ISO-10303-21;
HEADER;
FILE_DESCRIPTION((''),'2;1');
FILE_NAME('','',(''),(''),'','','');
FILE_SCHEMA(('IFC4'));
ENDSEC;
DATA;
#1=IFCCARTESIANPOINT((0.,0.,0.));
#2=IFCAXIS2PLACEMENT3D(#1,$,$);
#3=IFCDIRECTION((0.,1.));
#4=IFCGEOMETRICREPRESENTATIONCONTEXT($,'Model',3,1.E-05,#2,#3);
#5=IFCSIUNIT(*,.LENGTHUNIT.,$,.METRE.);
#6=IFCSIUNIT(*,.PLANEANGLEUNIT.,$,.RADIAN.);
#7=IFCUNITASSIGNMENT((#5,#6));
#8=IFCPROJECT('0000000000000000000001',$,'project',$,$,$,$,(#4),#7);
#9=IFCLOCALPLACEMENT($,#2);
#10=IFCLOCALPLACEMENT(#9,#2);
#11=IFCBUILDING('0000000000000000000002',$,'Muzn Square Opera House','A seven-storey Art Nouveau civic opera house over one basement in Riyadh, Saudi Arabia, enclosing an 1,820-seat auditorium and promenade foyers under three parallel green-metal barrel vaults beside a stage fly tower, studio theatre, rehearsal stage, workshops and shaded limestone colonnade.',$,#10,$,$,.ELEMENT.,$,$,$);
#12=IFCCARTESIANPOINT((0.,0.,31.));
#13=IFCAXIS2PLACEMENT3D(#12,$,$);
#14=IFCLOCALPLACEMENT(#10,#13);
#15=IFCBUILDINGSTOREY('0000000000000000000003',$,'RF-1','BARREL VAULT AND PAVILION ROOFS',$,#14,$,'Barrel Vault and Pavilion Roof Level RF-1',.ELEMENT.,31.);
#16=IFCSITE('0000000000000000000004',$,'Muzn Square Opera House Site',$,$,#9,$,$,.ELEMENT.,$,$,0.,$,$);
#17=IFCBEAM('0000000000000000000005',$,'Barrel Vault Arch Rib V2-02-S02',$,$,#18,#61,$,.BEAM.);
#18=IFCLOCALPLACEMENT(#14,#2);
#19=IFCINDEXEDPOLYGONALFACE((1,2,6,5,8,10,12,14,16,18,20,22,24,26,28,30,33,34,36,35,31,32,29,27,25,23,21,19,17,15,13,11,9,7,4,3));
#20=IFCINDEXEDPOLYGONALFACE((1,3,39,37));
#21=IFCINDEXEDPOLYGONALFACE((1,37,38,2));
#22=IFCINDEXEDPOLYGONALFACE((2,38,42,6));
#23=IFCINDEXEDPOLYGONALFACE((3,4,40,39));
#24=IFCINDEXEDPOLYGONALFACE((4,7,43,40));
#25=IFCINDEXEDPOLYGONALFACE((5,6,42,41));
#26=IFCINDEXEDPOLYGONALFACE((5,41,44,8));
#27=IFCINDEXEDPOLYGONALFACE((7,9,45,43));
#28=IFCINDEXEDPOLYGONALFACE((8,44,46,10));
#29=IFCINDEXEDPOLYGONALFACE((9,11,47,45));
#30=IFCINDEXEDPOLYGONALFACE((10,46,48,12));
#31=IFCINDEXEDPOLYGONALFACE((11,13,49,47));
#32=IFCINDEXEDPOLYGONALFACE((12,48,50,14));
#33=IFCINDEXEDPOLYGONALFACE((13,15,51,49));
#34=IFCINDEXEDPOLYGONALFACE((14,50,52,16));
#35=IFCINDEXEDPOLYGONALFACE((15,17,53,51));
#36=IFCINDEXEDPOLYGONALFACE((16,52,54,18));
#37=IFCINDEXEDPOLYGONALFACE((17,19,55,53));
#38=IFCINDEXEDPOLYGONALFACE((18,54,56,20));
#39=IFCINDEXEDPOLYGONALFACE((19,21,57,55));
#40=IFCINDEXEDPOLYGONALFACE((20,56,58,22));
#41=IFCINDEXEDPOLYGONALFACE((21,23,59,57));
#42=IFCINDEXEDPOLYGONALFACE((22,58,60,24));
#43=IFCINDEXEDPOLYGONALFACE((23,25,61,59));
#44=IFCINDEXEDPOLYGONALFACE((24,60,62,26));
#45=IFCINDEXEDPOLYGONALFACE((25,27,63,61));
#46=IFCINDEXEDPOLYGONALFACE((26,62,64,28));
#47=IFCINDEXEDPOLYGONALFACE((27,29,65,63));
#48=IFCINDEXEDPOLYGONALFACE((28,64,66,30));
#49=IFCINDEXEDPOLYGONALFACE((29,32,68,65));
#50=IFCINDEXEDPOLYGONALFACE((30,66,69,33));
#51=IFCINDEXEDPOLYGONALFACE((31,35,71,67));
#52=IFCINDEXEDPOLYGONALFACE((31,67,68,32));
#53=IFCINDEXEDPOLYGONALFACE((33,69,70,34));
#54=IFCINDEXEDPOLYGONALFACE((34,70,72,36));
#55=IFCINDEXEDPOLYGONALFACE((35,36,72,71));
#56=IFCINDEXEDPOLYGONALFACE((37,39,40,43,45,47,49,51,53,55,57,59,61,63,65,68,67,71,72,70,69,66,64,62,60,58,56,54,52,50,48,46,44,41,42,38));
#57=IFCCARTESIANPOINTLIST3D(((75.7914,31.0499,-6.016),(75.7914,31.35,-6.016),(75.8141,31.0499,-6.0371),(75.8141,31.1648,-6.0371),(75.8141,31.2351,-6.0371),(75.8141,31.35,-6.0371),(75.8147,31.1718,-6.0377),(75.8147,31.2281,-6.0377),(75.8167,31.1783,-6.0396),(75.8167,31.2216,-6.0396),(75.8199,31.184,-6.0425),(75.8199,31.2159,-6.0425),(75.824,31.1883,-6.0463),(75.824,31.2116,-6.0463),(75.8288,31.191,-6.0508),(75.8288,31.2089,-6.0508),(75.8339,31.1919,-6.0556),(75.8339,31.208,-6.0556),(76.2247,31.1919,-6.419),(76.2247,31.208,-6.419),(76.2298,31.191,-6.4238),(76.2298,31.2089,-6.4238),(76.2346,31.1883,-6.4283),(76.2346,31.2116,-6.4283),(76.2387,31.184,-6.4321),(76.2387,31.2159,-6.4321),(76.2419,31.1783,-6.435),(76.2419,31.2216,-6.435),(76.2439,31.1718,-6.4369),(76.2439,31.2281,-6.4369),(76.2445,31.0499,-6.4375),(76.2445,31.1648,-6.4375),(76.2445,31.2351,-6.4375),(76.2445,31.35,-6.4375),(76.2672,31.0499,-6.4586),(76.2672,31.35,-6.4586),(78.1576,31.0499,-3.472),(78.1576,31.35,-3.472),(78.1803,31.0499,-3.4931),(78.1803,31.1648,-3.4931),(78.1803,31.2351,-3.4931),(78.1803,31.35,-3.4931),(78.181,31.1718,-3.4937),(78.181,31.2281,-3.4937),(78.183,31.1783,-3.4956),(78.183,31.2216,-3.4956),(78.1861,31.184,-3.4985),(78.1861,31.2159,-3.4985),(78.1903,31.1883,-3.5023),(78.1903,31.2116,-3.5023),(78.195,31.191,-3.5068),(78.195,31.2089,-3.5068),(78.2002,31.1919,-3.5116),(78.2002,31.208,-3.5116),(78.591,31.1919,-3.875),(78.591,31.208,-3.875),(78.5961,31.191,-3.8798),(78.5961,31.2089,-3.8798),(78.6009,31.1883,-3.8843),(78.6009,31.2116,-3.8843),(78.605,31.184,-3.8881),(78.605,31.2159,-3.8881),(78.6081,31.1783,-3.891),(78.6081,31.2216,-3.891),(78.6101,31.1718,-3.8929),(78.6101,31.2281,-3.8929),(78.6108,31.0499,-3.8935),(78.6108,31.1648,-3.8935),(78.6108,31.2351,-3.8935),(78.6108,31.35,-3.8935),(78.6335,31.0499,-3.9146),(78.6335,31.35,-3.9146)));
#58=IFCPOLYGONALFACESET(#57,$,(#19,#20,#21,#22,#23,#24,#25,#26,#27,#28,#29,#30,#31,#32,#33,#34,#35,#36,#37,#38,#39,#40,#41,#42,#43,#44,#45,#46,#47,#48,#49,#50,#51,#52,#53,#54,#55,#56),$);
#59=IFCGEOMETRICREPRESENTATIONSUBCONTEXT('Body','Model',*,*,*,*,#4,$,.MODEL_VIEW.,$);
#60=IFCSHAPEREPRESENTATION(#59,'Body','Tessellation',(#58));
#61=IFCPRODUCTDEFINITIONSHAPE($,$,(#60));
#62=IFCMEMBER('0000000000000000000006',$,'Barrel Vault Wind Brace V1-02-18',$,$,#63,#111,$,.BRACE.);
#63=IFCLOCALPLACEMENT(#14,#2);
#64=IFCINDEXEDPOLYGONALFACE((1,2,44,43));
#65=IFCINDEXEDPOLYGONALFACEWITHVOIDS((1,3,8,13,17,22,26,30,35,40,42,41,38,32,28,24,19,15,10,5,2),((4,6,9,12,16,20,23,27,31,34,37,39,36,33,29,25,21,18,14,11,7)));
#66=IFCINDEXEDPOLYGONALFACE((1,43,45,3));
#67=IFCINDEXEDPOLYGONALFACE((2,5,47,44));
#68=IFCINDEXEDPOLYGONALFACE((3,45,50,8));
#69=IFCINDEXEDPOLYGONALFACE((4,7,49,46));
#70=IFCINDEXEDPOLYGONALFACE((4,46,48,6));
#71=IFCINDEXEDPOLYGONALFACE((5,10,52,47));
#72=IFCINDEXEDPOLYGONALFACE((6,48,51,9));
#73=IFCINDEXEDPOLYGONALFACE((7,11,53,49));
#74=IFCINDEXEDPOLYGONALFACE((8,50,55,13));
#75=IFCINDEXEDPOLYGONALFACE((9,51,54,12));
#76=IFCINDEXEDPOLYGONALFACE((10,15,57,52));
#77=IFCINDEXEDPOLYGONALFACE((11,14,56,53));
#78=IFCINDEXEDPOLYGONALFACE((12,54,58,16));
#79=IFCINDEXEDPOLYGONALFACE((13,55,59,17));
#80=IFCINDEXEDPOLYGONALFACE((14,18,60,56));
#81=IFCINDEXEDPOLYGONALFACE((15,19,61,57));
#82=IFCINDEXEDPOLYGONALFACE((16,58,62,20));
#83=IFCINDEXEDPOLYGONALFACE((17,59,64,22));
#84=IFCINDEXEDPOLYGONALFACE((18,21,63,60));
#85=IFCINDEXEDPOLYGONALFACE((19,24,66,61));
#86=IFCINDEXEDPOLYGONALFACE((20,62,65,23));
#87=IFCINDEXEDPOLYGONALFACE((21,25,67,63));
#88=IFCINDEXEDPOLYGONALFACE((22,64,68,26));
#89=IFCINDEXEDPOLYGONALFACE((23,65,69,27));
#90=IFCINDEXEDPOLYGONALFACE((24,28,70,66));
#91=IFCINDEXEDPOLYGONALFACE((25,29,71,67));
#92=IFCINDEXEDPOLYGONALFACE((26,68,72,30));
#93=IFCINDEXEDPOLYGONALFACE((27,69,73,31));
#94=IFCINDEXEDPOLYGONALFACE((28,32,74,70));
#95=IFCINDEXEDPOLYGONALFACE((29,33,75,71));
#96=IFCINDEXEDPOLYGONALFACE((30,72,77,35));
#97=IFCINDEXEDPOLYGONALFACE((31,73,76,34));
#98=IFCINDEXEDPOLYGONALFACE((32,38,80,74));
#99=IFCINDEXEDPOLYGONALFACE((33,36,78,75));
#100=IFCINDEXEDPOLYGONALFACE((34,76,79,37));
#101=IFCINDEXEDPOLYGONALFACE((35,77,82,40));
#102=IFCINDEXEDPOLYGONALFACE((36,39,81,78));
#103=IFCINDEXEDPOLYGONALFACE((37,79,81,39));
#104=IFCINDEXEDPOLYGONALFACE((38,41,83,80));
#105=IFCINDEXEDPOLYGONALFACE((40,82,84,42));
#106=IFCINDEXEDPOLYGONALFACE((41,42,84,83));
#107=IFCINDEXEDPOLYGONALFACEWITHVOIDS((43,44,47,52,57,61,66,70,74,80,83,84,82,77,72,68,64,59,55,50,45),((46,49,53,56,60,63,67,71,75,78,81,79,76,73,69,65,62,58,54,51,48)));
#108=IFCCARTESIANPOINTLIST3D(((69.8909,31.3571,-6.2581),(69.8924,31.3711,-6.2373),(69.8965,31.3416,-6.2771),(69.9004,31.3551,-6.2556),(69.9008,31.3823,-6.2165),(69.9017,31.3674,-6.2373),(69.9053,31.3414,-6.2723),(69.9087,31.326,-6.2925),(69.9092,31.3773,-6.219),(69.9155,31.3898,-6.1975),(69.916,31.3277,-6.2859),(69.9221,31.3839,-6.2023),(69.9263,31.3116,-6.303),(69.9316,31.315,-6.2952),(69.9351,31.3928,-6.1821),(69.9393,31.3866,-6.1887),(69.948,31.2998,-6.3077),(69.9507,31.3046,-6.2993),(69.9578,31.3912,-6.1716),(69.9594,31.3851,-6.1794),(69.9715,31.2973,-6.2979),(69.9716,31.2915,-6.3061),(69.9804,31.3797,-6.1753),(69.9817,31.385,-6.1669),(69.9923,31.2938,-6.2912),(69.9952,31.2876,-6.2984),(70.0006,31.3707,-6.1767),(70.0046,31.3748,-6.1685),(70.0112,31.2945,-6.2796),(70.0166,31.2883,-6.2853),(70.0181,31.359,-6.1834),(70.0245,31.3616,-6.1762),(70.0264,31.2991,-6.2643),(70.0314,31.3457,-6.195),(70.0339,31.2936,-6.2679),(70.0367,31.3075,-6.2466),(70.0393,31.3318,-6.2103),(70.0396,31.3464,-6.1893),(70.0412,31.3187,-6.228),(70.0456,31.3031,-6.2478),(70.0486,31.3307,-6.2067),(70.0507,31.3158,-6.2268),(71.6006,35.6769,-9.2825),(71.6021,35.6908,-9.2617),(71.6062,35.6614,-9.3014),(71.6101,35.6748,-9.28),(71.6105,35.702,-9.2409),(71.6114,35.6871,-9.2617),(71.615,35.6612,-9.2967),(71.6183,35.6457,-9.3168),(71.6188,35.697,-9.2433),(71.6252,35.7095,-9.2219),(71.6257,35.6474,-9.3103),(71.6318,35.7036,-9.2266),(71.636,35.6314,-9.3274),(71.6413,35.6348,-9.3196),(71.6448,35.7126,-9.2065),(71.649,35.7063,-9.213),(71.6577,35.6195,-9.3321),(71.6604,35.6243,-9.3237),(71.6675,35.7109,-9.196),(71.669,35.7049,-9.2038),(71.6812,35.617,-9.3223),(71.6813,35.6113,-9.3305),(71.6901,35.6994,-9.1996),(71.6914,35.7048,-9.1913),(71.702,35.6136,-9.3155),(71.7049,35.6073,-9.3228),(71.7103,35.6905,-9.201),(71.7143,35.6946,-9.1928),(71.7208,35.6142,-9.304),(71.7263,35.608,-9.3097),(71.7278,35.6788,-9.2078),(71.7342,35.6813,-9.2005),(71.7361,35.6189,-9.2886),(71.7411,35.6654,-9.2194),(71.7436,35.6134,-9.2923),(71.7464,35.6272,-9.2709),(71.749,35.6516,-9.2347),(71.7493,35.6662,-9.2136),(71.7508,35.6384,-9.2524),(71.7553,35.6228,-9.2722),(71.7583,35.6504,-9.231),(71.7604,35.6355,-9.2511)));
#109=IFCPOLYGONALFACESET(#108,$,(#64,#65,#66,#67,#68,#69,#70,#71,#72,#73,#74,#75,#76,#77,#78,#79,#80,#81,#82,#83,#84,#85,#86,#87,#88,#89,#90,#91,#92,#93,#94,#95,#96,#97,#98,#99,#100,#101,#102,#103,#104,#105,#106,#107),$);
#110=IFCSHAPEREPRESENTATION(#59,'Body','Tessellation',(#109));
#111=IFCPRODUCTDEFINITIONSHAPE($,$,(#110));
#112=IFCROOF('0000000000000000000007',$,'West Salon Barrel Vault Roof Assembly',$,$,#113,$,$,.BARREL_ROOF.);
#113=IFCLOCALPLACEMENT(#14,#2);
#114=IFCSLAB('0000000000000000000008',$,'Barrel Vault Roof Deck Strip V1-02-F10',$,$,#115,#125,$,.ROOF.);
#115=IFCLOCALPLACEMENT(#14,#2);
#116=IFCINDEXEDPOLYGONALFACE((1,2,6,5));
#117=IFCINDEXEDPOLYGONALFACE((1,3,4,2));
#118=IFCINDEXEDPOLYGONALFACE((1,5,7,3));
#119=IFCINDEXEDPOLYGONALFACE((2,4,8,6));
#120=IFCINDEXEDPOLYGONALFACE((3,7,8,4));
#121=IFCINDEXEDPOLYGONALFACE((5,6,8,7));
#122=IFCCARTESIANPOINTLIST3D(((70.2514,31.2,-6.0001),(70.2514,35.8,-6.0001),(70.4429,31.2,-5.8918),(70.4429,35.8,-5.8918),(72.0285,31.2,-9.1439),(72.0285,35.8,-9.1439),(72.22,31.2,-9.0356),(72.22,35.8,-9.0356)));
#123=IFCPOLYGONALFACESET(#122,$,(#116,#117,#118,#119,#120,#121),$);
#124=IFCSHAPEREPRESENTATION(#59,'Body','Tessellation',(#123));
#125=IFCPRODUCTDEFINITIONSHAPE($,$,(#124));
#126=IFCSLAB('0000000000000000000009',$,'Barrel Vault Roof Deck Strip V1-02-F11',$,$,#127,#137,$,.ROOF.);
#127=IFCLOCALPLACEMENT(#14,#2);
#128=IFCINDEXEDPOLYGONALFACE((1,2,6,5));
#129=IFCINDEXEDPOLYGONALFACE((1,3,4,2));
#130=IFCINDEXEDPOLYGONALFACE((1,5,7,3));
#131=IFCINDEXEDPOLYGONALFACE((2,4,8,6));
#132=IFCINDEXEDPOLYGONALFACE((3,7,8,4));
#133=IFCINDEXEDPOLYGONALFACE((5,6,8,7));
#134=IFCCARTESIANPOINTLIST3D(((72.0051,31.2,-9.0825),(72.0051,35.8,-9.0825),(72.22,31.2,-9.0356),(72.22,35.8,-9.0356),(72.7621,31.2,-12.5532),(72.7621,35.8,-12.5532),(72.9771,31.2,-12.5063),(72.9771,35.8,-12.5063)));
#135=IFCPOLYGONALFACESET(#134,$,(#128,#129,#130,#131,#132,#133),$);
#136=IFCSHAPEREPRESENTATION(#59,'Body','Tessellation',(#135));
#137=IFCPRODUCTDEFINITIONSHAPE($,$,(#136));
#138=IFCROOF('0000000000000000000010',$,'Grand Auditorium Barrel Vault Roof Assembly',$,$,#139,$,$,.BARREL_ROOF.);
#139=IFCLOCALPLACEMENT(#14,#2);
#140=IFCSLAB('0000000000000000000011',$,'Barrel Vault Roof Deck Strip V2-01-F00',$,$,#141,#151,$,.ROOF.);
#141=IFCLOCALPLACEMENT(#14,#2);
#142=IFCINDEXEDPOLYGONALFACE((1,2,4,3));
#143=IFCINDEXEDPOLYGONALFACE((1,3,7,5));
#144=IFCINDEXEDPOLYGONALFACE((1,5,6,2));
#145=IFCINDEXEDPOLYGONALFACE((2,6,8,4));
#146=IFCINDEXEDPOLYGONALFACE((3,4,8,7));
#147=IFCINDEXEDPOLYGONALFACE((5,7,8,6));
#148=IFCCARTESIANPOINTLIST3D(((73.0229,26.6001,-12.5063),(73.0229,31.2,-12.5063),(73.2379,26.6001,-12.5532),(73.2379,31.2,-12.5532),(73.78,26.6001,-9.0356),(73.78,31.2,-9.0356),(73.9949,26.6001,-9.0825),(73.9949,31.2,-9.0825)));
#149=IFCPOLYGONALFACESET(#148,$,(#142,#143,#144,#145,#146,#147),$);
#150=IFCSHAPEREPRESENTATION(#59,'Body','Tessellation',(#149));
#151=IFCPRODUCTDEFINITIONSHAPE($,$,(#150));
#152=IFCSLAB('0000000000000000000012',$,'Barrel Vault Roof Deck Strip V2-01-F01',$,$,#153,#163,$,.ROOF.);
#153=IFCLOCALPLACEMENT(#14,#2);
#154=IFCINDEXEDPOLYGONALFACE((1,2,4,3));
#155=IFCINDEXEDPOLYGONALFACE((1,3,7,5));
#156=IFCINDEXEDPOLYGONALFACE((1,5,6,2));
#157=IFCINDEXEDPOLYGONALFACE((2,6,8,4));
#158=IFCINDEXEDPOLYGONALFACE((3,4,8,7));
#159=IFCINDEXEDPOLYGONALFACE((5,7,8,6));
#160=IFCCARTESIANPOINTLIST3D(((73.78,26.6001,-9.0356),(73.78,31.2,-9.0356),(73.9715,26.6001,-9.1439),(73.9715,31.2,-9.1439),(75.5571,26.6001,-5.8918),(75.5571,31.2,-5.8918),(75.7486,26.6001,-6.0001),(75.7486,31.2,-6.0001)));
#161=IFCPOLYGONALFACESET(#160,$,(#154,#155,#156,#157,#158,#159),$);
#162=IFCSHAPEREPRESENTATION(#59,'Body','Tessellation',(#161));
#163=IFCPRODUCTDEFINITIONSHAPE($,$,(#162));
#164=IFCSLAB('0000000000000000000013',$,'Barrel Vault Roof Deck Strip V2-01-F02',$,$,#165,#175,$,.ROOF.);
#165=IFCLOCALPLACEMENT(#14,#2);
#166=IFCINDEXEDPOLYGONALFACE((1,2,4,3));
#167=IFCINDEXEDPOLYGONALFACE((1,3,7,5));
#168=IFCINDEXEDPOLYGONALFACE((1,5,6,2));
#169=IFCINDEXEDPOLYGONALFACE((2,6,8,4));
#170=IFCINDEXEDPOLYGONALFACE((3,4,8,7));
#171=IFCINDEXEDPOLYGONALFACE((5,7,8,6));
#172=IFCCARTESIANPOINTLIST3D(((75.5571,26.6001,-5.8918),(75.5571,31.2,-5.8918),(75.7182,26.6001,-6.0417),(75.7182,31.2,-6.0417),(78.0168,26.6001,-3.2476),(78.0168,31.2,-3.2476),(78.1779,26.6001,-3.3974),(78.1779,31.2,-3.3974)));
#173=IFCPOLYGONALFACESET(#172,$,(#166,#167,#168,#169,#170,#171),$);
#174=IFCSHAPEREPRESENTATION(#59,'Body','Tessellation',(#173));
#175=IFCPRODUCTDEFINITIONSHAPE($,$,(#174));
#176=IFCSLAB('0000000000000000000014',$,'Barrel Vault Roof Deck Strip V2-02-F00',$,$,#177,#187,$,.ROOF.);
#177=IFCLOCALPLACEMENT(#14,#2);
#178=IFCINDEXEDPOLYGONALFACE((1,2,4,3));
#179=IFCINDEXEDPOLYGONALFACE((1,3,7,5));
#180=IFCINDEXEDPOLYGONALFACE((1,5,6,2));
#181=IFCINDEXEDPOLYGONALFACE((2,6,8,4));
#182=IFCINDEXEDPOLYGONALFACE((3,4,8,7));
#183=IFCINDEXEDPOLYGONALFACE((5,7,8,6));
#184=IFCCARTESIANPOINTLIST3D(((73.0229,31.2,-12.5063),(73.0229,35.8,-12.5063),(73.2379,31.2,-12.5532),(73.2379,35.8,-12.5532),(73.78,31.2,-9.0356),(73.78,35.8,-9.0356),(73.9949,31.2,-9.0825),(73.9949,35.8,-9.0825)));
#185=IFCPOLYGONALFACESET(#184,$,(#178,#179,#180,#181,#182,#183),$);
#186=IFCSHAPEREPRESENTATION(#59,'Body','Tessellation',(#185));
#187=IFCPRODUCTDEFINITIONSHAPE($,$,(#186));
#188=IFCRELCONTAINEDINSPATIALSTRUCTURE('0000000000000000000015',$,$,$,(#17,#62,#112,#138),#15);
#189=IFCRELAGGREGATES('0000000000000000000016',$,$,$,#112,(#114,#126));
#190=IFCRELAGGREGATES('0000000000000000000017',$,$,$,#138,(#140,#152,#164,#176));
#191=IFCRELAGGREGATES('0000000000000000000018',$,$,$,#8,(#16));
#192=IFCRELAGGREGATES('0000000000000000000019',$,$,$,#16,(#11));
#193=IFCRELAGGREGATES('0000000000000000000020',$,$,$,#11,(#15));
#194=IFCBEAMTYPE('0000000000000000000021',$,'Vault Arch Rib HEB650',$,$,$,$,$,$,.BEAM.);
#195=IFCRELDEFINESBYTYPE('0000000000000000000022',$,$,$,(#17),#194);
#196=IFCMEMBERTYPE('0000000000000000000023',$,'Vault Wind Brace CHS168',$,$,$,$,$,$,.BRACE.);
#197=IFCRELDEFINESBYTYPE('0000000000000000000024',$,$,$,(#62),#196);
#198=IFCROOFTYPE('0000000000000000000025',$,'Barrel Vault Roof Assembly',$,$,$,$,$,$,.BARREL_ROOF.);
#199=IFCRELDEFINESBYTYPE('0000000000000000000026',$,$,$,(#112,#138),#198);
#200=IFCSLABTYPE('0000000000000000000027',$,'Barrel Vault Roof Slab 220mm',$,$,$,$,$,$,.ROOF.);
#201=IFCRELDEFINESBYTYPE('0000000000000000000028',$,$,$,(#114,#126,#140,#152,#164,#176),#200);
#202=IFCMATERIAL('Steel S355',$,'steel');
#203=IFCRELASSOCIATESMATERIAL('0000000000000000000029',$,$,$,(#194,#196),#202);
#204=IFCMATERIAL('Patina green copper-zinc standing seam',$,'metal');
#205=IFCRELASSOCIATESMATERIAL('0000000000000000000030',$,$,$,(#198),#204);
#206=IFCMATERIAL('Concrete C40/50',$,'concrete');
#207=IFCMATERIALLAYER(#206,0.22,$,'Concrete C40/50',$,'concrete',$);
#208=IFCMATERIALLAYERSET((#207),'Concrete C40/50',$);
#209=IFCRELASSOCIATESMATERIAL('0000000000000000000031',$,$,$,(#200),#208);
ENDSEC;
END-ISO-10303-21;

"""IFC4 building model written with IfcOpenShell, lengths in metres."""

from ifc_helpers import new_model, si_unit, direction, frame, origin, origin_2d, place, context, subcontext, project, spatial, polyline, hollow_circle, i_section, outline, extrude, material, layer, layer_set, material_profile, profile_set, type_object, element, aggregate, save


model = new_model("IFC4")

# Units and contexts
model_context = context("Model", 3, precision=1e-05, world=origin(), true_north=direction((0.0, 1.0)))
body_context = subcontext(model_context, "Body", "Model", "MODEL_VIEW")
ifc_project = project(units=[si_unit("LENGTHUNIT", "METRE"), si_unit("PLANEANGLEUNIT", "RADIAN")], contexts=[model_context])

# Site, building, storey
site_placement = place(None, origin())
site = spatial("IfcSite", under=ifc_project, at=site_placement, Name="Muzn Square Opera House Site", CompositionType="ELEMENT", RefElevation=0.0)
building_placement = place(site_placement, origin())
building = spatial("IfcBuilding", under=site, at=building_placement, Name="Muzn Square Opera House", Description="A seven-storey Art Nouveau civic opera house over one basement in Riyadh, Saudi Arabia, enclosing an 1,820-seat auditorium and promenade foyers under three parallel green-metal barrel vaults beside a stage fly tower, studio theatre, rehearsal stage, workshops and shaded limestone colonnade.", CompositionType="ELEMENT")
storey_placement = place(building_placement, frame((0.0, 0.0, 31.0)))
storey = spatial("IfcBuildingStorey", under=building, at=storey_placement, Name="RF-1", Description="BARREL VAULT AND PAVILION ROOFS", LongName="Barrel Vault and Pavilion Roof Level RF-1", CompositionType="ELEMENT", Elevation=31.0)

# Beam
ifc_material_1 = material(Name="Steel S355", Category="steel")
ifc_material_profile_1 = material_profile(ifc_material_1, i_section(OverallWidth=0.3, OverallDepth=0.6499, WebThickness=0.0161, FlangeThickness=0.031, FilletRadius=0.0271, at=origin_2d()), Name="HEB 650", Category="steel")
ifc_profile_set_1 = profile_set([ifc_material_profile_1], Name="Steel S355")
beam_type_1 = type_object("IfcBeamType", Name="Vault Arch Rib HEB650", PredefinedType="BEAM", material=ifc_profile_set_1)
beam_1_placement = place(storey_placement, frame((76.0293, 31.2, -6.2373), z_axis=(0.681065, 0.0, 0.732223), x_axis=(0.0, 1.0, 0.0)))
element("IfcBeam", 1, at=beam_1_placement, inside=storey, type_object=beam_type_1, Name="Barrel Vault Arch Rib V2-02-S02", PredefinedType="BEAM", context=body_context, shape_type="SweptSolid", body=[
    extrude(i_section(OverallWidth=0.3, OverallDepth=0.6499, WebThickness=0.0161, FlangeThickness=0.031, FilletRadius=0.0271, at=origin_2d()), origin(), (0.0, 0.0, 1.0), 3.4744),
])

# Member
ifc_material_profile_2 = material_profile(ifc_material_1, hollow_circle(Radius=0.0842, WallThickness=0.01, at=origin_2d()), Name="CHS 168.3x10", Category="steel")
ifc_profile_set_2 = profile_set([ifc_material_profile_2], Name="Steel S355")
member_type = type_object("IfcMemberType", Name="Vault Wind Brace CHS168", PredefinedType="BRACE", material=ifc_profile_set_2)
member_placement = place(storey_placement, frame((69.9707, 31.3401, -6.2373), z_axis=(0.308415, 0.77925, -0.545572), x_axis=(-0.929822, 0.368009, 0.0)))
element("IfcMember", 2, at=member_placement, inside=storey, type_object=member_type, Name="Barrel Vault Wind Brace V1-02-18", PredefinedType="BRACE", context=body_context, shape_type="SweptSolid", body=[
    extrude(hollow_circle(Radius=0.0842, WallThickness=0.01, at=origin_2d()), origin(), (0.0, 0.0, 1.0), 5.5435),
])

# Roofs, slabs
ifc_material_2 = material(Name="Patina green copper-zinc standing seam", Category="metal")
roof_type = type_object("IfcRoofType", Name="Barrel Vault Roof Assembly", PredefinedType="BARREL_ROOF", material=ifc_material_2)
roof_1_placement = place(storey_placement, origin())
roof_1 = element("IfcRoof", 3, at=roof_1_placement, inside=storey, type_object=roof_type, Name="West Salon Barrel Vault Roof Assembly", PredefinedType="BARREL_ROOF")
ifc_material_3 = material(Name="Concrete C40/50", Category="concrete")
ifc_layer_1 = layer(ifc_material_3, 0.22, Name="Concrete C40/50", Category="concrete")
ifc_layer_set_1 = layer_set([ifc_layer_1], Name="Concrete C40/50")
slab_type = type_object("IfcSlabType", Name="Barrel Vault Roof Slab 220mm", PredefinedType="ROOF", material=ifc_layer_set_1)
slab_1_placement = place(storey_placement, frame((70.4429, 31.2, -5.8918), z_axis=(0.870543, 0.0, 0.492093), x_axis=(0.492093, 0.0, -0.870543)))
slab_1 = element("IfcSlab", 4, at=slab_1_placement, type_object=slab_type, Name="Barrel Vault Roof Deck Strip V1-02-F10", PredefinedType="ROOF", context=body_context, shape_type="SweptSolid", body=[
    extrude(outline(polyline([(0.0, 0.0), (3.6113, 0.0), (3.6113, 4.6001), (0.0, 4.6001), (0.0, 0.0)])), origin(), (0.0, 0.0, -1.0), 0.22),
])
slab_2_placement = place(storey_placement, frame((72.22, 31.2, -9.0356), z_axis=(0.977025, 0.0, 0.213123), x_axis=(0.213123, 0.0, -0.977025)))
slab_2 = element("IfcSlab", 5, at=slab_2_placement, type_object=slab_type, Name="Barrel Vault Roof Deck Strip V1-02-F11", PredefinedType="ROOF", context=body_context, shape_type="SweptSolid", body=[
    extrude(outline(polyline([(0.0, 0.0), (3.5523, 0.0), (3.5523, 4.6001), (0.0, 4.6001), (0.0, 0.0)])), origin(), (0.0, 0.0, -1.0), 0.22),
])
aggregate(roof_1, [slab_1, slab_2])
roof_2_placement = place(storey_placement, origin())
roof_2 = element("IfcRoof", 6, at=roof_2_placement, inside=storey, type_object=roof_type, Name="Grand Auditorium Barrel Vault Roof Assembly", PredefinedType="BARREL_ROOF")
slab_3_placement = place(storey_placement, frame((73.78, 26.6001, -9.0356), z_axis=(-0.977025, 0.0, 0.213123), x_axis=(0.0, 1.0, 0.0)))
slab_3 = element("IfcSlab", 7, at=slab_3_placement, type_object=slab_type, Name="Barrel Vault Roof Deck Strip V2-01-F00", PredefinedType="ROOF", context=body_context, shape_type="SweptSolid", body=[
    extrude(outline(polyline([(0.0, 3.5523), (0.0, 0.0), (4.5999, 0.0), (4.5999, 3.5523), (0.0, 3.5523)])), origin(), (0.0, 0.0, -1.0), 0.22),
])
slab_4_placement = place(storey_placement, frame((75.5571, 26.6001, -5.8918), z_axis=(-0.870543, 0.0, 0.492093), x_axis=(0.0, 1.0, 0.0)))
slab_4 = element("IfcSlab", 8, at=slab_4_placement, type_object=slab_type, Name="Barrel Vault Roof Deck Strip V2-01-F01", PredefinedType="ROOF", context=body_context, shape_type="SweptSolid", body=[
    extrude(outline(polyline([(0.0, 3.6113), (0.0, 0.0), (4.5999, 0.0), (4.5999, 3.6113), (0.0, 3.6113)])), origin(), (0.0, 0.0, -1.0), 0.22),
])
slab_5_placement = place(storey_placement, frame((78.0168, 26.6001, -3.2476), z_axis=(-0.732198, 0.0, 0.681091), x_axis=(0.0, 1.0, 0.0)))
slab_5 = element("IfcSlab", 9, at=slab_5_placement, type_object=slab_type, Name="Barrel Vault Roof Deck Strip V2-01-F02", PredefinedType="ROOF", context=body_context, shape_type="SweptSolid", body=[
    extrude(outline(polyline([(0.0, 3.6114), (0.0, 0.0), (4.5999, 0.0), (4.5999, 3.6114), (0.0, 3.6114)])), origin(), (0.0, 0.0, -1.0), 0.22),
])
slab_6_placement = place(storey_placement, frame((73.78, 31.2, -9.0356), z_axis=(-0.977025, 0.0, 0.213123), x_axis=(0.0, 1.0, 0.0)))
slab_6 = element("IfcSlab", 10, at=slab_6_placement, type_object=slab_type, Name="Barrel Vault Roof Deck Strip V2-02-F00", PredefinedType="ROOF", context=body_context, shape_type="SweptSolid", body=[
    extrude(outline(polyline([(0.0, 3.5523), (0.0, 0.0), (4.6001, 0.0), (4.6001, 3.5523), (0.0, 3.5523)])), origin(), (0.0, 0.0, -1.0), 0.22),
])
aggregate(roof_2, [slab_3, slab_4, slab_5, slab_6])

save(model, "model.ifc")
